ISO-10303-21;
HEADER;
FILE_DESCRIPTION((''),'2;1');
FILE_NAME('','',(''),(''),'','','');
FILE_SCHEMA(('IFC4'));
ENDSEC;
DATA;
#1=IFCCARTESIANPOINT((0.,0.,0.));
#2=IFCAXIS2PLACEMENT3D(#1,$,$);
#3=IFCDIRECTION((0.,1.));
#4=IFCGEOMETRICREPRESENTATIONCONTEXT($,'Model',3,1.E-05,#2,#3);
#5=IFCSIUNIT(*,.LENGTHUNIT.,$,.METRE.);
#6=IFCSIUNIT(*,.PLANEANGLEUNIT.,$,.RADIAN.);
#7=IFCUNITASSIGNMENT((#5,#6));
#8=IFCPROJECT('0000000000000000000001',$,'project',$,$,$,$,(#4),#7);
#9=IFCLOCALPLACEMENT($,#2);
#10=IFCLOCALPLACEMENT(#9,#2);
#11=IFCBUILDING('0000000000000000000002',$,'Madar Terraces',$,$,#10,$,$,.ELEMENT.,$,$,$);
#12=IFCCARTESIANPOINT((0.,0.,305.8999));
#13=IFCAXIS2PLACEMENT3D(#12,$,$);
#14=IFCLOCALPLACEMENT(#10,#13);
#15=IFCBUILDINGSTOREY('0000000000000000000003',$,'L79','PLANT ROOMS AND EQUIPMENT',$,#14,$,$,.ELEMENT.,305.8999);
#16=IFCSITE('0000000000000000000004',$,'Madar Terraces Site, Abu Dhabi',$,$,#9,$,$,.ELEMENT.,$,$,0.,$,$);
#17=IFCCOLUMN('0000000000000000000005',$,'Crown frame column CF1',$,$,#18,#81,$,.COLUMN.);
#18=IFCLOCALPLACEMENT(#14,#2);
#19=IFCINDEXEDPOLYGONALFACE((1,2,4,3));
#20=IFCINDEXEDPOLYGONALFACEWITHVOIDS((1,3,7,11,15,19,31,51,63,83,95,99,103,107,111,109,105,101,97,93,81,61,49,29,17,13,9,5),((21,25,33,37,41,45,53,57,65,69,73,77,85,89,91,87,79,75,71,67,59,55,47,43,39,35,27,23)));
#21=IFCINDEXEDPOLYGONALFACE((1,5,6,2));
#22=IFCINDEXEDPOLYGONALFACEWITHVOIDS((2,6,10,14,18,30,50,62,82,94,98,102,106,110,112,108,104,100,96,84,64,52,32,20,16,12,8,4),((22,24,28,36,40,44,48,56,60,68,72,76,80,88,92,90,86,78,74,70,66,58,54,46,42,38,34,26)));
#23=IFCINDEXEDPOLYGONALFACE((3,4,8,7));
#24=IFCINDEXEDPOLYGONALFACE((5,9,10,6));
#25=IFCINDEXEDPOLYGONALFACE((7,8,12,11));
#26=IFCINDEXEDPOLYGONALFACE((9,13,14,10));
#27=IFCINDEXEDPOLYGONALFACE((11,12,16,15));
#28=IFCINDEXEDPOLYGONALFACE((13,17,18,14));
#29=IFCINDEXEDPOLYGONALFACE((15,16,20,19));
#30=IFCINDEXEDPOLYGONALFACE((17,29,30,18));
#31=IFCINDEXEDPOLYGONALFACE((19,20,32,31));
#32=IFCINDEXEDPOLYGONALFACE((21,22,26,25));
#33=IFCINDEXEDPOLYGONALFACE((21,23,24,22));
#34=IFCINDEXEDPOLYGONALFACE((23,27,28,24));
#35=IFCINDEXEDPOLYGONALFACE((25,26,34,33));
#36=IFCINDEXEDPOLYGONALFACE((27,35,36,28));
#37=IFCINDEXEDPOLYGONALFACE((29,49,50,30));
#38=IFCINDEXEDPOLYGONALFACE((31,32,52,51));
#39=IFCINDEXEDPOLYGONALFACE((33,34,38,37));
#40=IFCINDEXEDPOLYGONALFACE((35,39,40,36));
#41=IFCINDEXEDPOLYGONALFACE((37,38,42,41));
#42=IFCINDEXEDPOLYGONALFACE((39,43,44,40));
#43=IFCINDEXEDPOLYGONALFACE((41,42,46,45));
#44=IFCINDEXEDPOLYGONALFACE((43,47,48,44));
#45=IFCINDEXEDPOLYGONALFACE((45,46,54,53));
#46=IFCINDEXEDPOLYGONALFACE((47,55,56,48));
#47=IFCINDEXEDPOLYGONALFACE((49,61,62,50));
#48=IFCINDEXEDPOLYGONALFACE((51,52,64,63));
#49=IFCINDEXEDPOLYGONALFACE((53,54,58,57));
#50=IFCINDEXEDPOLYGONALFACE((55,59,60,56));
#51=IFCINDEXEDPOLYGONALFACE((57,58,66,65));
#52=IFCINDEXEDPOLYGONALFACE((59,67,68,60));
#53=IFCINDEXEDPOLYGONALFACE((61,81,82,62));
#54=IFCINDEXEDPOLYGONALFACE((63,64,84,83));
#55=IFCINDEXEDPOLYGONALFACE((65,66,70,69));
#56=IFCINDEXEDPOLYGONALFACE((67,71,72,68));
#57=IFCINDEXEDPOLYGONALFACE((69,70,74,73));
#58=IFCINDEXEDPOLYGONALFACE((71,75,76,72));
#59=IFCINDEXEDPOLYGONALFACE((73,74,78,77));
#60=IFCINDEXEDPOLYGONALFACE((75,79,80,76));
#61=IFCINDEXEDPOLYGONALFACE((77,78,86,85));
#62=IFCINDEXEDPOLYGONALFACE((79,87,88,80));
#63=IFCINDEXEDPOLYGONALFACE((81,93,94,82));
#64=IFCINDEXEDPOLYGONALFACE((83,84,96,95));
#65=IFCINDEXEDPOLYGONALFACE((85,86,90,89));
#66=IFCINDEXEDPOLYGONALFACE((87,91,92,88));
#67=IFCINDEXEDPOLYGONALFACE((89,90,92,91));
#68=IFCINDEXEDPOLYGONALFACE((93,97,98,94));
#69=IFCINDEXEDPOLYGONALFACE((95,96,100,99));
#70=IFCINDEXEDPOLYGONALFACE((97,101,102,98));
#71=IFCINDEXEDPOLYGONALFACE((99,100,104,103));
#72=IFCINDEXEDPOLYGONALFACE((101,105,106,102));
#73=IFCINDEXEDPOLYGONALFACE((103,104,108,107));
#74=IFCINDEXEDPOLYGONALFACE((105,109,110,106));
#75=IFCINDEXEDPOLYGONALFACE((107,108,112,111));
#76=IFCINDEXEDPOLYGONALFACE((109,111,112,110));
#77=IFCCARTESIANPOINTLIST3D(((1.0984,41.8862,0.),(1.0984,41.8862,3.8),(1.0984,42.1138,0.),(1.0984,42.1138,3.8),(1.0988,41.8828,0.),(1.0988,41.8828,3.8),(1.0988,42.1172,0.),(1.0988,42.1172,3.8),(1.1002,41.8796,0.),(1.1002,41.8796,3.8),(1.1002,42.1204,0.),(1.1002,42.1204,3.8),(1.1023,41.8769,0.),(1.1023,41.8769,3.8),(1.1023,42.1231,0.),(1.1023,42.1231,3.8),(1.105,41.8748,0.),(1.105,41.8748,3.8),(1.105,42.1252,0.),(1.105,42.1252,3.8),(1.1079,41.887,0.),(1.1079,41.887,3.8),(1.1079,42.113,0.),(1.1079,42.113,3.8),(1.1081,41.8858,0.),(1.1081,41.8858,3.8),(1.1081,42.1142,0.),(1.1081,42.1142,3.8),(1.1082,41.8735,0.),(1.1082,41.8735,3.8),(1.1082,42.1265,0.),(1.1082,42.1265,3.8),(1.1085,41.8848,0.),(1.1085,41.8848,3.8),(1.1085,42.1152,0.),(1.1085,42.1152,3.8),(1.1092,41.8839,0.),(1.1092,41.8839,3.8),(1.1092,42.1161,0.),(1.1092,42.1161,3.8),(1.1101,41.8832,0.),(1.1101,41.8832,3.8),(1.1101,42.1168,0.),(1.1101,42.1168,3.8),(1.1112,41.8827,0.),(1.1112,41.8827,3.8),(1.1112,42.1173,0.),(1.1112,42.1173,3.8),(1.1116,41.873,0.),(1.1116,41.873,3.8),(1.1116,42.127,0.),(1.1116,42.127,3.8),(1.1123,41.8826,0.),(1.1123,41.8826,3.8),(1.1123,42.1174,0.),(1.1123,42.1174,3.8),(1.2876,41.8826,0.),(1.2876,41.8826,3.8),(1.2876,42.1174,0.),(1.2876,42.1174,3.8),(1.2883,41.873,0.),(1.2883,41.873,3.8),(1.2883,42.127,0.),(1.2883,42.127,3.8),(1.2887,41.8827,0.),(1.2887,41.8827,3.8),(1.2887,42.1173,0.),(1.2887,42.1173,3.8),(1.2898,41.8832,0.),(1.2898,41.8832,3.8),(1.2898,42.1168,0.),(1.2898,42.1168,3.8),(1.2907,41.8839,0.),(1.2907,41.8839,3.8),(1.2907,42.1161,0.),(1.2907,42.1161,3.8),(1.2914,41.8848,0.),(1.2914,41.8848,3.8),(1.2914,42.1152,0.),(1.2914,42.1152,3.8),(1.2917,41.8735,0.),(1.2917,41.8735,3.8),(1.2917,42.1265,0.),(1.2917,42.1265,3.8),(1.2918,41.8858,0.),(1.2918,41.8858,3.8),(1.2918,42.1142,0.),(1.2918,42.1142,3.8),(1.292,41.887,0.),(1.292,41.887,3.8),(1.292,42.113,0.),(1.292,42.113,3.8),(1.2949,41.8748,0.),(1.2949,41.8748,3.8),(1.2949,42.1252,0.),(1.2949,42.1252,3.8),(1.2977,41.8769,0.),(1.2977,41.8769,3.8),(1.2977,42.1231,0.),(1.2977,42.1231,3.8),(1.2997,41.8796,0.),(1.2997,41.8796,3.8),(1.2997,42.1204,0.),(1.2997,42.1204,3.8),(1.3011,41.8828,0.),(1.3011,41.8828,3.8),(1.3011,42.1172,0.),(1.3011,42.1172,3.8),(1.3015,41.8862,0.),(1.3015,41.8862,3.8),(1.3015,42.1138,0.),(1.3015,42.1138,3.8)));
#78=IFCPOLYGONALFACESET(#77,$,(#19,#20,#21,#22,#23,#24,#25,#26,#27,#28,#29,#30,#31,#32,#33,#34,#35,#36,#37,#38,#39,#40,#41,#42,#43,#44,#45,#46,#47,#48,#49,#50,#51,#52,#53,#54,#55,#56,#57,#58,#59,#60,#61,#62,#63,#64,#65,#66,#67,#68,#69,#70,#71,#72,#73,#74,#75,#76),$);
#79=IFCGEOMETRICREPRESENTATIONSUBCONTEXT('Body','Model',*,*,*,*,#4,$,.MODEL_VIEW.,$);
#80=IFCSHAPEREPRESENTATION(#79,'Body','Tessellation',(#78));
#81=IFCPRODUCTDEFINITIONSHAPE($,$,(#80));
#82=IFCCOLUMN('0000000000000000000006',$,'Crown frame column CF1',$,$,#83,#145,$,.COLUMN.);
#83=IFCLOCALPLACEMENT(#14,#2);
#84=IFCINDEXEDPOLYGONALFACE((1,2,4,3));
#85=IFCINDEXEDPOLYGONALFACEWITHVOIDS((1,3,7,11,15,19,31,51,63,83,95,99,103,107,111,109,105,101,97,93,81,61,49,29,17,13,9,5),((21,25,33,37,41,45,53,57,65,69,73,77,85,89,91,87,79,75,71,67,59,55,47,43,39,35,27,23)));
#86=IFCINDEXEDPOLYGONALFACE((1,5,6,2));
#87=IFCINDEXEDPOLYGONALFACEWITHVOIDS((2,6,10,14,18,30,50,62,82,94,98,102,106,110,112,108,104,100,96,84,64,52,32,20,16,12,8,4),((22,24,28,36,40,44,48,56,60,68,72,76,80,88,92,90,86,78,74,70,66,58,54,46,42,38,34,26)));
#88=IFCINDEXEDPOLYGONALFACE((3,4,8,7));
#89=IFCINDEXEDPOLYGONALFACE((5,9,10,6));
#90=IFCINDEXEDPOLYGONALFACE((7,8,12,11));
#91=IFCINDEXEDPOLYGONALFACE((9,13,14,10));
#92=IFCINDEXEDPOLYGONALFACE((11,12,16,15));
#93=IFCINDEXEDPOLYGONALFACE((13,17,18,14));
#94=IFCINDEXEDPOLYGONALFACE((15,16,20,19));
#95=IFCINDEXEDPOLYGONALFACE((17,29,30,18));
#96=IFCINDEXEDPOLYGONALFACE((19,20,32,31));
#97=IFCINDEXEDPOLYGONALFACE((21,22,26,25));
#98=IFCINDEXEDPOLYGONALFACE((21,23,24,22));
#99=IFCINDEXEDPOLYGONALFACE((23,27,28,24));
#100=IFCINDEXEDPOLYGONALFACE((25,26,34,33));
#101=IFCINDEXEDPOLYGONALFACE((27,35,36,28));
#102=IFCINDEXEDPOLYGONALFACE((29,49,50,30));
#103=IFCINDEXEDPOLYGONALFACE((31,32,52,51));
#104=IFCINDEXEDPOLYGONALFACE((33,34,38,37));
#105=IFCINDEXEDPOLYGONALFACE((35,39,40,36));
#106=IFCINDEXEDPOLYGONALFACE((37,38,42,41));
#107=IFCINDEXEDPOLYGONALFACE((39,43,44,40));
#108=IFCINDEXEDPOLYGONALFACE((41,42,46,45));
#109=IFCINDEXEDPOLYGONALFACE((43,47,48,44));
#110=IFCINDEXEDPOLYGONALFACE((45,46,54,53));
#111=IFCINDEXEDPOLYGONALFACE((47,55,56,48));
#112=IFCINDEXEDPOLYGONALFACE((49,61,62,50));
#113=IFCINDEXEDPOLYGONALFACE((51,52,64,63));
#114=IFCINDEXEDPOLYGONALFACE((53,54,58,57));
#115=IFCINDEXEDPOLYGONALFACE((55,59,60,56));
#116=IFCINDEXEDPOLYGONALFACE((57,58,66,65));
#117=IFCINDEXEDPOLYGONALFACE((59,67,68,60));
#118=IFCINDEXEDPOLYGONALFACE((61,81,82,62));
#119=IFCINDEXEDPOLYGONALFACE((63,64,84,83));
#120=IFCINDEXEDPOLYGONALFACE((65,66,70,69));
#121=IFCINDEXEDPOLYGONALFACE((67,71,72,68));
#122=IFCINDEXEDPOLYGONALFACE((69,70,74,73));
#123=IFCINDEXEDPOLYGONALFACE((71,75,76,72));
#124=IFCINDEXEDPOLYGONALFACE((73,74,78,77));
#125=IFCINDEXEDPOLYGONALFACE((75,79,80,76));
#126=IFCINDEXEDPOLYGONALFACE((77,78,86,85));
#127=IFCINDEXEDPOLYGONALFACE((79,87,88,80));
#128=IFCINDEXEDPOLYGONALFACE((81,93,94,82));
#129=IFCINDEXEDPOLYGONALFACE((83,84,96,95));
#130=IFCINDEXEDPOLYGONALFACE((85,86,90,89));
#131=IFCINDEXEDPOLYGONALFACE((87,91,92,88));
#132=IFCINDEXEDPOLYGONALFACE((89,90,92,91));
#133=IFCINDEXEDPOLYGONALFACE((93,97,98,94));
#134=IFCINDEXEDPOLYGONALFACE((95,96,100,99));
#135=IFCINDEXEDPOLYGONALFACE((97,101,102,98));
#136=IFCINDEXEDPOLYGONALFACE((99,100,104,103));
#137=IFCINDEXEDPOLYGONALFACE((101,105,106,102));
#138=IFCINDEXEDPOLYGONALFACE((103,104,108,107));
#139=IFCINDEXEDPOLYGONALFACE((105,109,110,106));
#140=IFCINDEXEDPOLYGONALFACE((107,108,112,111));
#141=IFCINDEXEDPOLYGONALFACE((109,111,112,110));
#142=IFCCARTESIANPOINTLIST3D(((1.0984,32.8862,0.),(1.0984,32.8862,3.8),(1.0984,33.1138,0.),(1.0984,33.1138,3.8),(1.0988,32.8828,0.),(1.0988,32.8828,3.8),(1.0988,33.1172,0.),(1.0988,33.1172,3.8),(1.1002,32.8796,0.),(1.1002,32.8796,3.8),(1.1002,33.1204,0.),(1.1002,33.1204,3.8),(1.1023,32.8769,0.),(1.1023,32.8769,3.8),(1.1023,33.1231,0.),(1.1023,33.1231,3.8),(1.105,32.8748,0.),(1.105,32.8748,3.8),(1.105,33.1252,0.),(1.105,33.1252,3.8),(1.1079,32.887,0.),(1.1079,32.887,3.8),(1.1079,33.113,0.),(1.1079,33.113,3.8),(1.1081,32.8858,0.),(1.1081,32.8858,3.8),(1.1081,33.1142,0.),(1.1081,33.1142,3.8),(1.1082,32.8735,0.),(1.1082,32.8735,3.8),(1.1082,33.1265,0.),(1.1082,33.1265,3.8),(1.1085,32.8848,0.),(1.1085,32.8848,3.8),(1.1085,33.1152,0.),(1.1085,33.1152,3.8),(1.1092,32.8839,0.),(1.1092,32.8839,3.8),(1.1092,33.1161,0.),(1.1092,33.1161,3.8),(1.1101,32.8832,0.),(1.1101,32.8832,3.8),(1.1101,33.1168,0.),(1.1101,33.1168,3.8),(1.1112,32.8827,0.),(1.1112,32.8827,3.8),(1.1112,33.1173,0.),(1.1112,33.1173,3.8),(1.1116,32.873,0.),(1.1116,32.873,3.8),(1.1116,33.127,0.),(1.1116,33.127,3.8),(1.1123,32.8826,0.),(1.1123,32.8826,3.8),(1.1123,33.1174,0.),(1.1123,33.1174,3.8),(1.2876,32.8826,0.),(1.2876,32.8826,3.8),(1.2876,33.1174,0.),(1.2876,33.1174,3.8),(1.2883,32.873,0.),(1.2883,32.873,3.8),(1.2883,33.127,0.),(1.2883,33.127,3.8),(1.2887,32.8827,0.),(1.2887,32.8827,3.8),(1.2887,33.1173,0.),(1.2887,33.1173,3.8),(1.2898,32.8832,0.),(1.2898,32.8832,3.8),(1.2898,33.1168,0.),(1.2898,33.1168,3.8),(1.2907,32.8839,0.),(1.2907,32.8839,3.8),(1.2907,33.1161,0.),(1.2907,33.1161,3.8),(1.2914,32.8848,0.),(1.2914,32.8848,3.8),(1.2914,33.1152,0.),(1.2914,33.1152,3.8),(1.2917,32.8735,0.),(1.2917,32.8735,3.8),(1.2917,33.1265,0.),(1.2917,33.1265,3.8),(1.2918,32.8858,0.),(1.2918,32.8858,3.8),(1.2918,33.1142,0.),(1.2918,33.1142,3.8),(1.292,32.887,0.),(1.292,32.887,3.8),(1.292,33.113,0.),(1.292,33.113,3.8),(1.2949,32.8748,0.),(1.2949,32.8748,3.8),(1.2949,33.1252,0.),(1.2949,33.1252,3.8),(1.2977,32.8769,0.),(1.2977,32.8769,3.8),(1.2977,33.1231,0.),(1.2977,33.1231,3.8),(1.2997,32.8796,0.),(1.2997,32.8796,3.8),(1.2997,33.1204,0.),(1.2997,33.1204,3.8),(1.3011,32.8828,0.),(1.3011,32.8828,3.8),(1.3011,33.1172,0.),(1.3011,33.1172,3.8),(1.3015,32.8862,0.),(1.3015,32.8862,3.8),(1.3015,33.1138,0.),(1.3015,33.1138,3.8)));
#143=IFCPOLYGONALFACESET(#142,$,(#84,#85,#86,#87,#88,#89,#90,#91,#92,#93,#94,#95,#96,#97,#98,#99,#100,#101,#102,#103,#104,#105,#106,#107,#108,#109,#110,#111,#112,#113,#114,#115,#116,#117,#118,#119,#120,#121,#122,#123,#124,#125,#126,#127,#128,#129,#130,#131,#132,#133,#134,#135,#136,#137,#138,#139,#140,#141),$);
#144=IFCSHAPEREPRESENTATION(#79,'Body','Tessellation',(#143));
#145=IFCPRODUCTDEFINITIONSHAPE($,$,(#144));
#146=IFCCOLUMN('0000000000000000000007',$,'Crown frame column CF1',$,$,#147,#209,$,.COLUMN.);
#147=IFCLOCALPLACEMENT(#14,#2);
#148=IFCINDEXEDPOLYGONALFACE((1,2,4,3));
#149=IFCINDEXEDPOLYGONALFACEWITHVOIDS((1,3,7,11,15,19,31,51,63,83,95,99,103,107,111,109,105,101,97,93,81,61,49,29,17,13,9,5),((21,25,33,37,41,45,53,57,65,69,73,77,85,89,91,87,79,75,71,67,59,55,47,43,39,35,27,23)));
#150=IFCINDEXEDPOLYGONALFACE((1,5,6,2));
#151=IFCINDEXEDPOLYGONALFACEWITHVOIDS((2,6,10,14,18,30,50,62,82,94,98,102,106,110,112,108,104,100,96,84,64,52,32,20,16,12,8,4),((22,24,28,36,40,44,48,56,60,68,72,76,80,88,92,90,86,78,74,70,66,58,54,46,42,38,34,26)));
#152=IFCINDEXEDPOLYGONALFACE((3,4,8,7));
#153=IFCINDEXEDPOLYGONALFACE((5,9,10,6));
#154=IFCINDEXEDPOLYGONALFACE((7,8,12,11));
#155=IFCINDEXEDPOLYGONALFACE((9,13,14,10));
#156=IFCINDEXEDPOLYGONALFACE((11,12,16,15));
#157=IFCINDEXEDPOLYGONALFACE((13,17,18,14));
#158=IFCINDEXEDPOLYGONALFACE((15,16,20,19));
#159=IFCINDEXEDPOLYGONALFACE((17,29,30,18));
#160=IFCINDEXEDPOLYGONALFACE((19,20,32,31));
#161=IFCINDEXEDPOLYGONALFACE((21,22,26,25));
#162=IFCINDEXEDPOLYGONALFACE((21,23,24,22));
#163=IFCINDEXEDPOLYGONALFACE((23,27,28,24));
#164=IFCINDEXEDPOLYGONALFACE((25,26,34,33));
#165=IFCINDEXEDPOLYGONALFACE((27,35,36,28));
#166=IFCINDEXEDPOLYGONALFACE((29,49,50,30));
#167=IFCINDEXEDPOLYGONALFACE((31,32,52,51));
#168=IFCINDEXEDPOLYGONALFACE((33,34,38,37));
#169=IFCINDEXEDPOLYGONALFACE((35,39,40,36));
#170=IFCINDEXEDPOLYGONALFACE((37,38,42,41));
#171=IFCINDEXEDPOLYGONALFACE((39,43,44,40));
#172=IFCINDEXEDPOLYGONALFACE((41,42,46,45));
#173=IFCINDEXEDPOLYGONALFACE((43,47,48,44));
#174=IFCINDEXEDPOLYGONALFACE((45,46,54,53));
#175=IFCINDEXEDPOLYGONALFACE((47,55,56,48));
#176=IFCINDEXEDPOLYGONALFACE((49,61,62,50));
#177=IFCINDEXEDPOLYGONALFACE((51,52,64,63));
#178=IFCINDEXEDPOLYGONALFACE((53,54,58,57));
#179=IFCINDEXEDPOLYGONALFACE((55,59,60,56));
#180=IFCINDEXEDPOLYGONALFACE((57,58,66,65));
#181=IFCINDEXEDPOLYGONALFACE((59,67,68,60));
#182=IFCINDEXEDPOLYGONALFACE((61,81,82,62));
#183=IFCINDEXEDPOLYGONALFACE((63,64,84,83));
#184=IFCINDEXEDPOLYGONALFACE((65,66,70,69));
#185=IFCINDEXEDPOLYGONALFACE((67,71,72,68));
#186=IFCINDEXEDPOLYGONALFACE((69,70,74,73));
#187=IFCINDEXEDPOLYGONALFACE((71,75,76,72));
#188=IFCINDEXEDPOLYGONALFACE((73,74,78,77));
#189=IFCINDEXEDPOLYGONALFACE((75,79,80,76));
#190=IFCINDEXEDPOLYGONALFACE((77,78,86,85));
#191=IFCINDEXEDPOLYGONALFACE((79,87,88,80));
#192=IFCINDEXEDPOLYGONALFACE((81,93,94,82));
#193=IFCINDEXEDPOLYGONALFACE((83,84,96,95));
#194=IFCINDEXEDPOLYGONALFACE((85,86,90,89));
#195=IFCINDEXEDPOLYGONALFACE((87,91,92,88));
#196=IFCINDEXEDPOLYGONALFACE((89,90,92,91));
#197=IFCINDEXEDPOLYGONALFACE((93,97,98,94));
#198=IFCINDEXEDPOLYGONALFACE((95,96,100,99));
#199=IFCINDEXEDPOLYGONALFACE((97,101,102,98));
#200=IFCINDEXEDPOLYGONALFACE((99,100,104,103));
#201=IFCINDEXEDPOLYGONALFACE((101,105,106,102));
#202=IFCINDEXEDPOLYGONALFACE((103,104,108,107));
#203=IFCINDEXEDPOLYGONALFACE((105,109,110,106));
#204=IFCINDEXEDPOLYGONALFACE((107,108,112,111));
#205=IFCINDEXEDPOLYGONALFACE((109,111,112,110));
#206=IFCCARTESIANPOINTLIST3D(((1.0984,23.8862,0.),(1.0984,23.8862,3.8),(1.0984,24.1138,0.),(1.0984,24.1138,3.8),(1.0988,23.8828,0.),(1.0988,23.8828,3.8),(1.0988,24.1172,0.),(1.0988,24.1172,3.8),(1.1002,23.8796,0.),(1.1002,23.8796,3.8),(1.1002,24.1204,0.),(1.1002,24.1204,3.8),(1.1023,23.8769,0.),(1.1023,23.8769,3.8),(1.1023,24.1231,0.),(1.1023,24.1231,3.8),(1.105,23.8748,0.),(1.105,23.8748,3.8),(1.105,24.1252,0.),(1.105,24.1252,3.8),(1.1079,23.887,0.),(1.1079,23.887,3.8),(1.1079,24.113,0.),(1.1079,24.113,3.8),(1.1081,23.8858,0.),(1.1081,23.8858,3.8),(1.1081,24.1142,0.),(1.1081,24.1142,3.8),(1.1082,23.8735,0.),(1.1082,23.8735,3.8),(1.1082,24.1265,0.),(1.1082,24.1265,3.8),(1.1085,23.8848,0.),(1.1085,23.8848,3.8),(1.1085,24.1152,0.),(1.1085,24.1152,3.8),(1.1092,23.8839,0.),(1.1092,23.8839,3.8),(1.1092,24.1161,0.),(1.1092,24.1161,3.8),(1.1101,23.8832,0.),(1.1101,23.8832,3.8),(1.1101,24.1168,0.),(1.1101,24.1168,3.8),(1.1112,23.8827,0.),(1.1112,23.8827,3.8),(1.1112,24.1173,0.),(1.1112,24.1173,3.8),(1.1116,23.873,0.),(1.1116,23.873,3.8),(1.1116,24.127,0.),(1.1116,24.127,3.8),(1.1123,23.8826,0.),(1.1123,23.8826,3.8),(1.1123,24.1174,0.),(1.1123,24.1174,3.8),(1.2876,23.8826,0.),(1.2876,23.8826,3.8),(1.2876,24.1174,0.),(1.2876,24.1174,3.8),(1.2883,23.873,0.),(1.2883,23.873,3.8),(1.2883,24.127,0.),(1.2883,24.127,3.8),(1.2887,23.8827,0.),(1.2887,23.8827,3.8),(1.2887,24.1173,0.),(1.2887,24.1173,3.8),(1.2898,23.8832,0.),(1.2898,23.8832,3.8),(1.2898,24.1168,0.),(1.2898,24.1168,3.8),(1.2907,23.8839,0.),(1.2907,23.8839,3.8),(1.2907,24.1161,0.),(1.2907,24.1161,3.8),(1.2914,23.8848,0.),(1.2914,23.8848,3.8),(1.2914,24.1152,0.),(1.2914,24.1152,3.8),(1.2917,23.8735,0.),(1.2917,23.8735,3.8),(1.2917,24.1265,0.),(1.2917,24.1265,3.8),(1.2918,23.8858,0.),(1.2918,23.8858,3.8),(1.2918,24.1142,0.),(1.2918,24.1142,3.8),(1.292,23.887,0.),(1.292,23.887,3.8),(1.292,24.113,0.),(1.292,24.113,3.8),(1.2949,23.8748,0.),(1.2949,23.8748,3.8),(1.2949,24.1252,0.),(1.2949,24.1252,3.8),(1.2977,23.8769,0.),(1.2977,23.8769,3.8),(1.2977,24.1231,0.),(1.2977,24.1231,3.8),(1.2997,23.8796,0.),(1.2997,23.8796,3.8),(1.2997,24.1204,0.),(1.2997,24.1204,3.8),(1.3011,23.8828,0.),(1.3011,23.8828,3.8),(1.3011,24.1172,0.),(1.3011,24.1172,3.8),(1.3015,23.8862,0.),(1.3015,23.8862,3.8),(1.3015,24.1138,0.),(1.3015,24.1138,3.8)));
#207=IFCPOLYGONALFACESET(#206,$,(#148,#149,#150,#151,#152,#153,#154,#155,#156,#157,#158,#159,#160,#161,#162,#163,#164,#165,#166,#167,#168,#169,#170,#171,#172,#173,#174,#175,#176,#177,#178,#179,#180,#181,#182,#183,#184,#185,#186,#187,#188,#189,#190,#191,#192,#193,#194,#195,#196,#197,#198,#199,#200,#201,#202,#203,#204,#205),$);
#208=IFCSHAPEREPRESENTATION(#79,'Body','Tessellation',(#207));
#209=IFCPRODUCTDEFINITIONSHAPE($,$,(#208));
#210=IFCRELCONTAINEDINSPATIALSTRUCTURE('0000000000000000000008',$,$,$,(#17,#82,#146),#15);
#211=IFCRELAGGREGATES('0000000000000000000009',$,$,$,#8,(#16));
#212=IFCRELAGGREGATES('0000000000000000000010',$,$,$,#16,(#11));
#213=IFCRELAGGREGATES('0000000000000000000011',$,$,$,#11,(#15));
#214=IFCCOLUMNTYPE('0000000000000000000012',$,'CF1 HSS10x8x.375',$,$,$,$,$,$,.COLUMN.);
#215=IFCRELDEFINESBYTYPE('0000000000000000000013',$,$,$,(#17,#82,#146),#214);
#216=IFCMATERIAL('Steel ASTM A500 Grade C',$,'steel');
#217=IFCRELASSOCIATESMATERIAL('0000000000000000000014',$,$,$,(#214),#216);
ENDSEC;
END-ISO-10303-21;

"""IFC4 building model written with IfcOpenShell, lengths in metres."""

from ifc_helpers import new_model, si_unit, direction, frame, origin, origin_2d, place, context, subcontext, project, spatial, hollow_rectangle, extrude, material, material_profile, profile_set, type_object, element, save


model = new_model("IFC4")

# Units and contexts
model_context = context("Model", 3, precision=1e-05, world=origin(), true_north=direction((0.0, 1.0)))
body_context = subcontext(model_context, "Body", "Model", "MODEL_VIEW")
ifc_project = project(units=[si_unit("LENGTHUNIT", "METRE"), si_unit("PLANEANGLEUNIT", "RADIAN")], contexts=[model_context])

# Site, building, storey
site_placement = place(None, origin())
site = spatial("IfcSite", under=ifc_project, at=site_placement, Name="Madar Terraces Site, Abu Dhabi", CompositionType="ELEMENT", RefElevation=0.0)
building_placement = place(site_placement, origin())
building = spatial("IfcBuilding", under=site, at=building_placement, Name="Madar Terraces", CompositionType="ELEMENT")
storey_placement = place(building_placement, frame((0.0, 0.0, 305.8999)))
storey = spatial("IfcBuildingStorey", under=building, at=storey_placement, Name="L79", Description="PLANT ROOMS AND EQUIPMENT", CompositionType="ELEMENT", Elevation=305.8999)

# Columns
ifc_material_1 = material(Name="Steel ASTM A500 Grade C", Category="steel")
ifc_material_profile_1 = material_profile(ifc_material_1, hollow_rectangle(XDim=0.2031, YDim=0.2539, WallThickness=0.0095, InnerFilletRadius=0.0044, OuterFilletRadius=0.0132, at=origin_2d()), Name="HSS10x8x.375")
ifc_profile_set_1 = profile_set([ifc_material_profile_1], Name="Steel ASTM A500 Grade C")
column_type = type_object("IfcColumnType", Name="CF1 HSS10x8x.375", PredefinedType="COLUMN", material=ifc_profile_set_1)
for number, where, z_axis, x_axis, name in (
    (1, (1.2, 42.0, 0.0), (0.0, 0.0, 1.0), (1.0, 0.0, 0.0), "Crown frame column CF1"),
    (2, (1.2, 33.0, 0.0), (0.0, 0.0, 1.0), (1.0, 0.0, 0.0), "Crown frame column CF1"),
    (3, (1.2, 24.0, 0.0), (0.0, 0.0, 1.0), (1.0, 0.0, 0.0), "Crown frame column CF1"),
):
    element("IfcColumn", number, at=place(storey_placement, frame(where, z_axis=z_axis, x_axis=x_axis)), inside=storey, type_object=column_type, Name=name, PredefinedType="COLUMN", context=body_context, shape_type="SweptSolid", body=[
        extrude(hollow_rectangle(XDim=0.2031, YDim=0.2539, WallThickness=0.0095, InnerFilletRadius=0.0044, OuterFilletRadius=0.0132, at=origin_2d()), origin(), (0.0, 0.0, 1.0), 3.8),
    ])

save(model, "model.ifc")
